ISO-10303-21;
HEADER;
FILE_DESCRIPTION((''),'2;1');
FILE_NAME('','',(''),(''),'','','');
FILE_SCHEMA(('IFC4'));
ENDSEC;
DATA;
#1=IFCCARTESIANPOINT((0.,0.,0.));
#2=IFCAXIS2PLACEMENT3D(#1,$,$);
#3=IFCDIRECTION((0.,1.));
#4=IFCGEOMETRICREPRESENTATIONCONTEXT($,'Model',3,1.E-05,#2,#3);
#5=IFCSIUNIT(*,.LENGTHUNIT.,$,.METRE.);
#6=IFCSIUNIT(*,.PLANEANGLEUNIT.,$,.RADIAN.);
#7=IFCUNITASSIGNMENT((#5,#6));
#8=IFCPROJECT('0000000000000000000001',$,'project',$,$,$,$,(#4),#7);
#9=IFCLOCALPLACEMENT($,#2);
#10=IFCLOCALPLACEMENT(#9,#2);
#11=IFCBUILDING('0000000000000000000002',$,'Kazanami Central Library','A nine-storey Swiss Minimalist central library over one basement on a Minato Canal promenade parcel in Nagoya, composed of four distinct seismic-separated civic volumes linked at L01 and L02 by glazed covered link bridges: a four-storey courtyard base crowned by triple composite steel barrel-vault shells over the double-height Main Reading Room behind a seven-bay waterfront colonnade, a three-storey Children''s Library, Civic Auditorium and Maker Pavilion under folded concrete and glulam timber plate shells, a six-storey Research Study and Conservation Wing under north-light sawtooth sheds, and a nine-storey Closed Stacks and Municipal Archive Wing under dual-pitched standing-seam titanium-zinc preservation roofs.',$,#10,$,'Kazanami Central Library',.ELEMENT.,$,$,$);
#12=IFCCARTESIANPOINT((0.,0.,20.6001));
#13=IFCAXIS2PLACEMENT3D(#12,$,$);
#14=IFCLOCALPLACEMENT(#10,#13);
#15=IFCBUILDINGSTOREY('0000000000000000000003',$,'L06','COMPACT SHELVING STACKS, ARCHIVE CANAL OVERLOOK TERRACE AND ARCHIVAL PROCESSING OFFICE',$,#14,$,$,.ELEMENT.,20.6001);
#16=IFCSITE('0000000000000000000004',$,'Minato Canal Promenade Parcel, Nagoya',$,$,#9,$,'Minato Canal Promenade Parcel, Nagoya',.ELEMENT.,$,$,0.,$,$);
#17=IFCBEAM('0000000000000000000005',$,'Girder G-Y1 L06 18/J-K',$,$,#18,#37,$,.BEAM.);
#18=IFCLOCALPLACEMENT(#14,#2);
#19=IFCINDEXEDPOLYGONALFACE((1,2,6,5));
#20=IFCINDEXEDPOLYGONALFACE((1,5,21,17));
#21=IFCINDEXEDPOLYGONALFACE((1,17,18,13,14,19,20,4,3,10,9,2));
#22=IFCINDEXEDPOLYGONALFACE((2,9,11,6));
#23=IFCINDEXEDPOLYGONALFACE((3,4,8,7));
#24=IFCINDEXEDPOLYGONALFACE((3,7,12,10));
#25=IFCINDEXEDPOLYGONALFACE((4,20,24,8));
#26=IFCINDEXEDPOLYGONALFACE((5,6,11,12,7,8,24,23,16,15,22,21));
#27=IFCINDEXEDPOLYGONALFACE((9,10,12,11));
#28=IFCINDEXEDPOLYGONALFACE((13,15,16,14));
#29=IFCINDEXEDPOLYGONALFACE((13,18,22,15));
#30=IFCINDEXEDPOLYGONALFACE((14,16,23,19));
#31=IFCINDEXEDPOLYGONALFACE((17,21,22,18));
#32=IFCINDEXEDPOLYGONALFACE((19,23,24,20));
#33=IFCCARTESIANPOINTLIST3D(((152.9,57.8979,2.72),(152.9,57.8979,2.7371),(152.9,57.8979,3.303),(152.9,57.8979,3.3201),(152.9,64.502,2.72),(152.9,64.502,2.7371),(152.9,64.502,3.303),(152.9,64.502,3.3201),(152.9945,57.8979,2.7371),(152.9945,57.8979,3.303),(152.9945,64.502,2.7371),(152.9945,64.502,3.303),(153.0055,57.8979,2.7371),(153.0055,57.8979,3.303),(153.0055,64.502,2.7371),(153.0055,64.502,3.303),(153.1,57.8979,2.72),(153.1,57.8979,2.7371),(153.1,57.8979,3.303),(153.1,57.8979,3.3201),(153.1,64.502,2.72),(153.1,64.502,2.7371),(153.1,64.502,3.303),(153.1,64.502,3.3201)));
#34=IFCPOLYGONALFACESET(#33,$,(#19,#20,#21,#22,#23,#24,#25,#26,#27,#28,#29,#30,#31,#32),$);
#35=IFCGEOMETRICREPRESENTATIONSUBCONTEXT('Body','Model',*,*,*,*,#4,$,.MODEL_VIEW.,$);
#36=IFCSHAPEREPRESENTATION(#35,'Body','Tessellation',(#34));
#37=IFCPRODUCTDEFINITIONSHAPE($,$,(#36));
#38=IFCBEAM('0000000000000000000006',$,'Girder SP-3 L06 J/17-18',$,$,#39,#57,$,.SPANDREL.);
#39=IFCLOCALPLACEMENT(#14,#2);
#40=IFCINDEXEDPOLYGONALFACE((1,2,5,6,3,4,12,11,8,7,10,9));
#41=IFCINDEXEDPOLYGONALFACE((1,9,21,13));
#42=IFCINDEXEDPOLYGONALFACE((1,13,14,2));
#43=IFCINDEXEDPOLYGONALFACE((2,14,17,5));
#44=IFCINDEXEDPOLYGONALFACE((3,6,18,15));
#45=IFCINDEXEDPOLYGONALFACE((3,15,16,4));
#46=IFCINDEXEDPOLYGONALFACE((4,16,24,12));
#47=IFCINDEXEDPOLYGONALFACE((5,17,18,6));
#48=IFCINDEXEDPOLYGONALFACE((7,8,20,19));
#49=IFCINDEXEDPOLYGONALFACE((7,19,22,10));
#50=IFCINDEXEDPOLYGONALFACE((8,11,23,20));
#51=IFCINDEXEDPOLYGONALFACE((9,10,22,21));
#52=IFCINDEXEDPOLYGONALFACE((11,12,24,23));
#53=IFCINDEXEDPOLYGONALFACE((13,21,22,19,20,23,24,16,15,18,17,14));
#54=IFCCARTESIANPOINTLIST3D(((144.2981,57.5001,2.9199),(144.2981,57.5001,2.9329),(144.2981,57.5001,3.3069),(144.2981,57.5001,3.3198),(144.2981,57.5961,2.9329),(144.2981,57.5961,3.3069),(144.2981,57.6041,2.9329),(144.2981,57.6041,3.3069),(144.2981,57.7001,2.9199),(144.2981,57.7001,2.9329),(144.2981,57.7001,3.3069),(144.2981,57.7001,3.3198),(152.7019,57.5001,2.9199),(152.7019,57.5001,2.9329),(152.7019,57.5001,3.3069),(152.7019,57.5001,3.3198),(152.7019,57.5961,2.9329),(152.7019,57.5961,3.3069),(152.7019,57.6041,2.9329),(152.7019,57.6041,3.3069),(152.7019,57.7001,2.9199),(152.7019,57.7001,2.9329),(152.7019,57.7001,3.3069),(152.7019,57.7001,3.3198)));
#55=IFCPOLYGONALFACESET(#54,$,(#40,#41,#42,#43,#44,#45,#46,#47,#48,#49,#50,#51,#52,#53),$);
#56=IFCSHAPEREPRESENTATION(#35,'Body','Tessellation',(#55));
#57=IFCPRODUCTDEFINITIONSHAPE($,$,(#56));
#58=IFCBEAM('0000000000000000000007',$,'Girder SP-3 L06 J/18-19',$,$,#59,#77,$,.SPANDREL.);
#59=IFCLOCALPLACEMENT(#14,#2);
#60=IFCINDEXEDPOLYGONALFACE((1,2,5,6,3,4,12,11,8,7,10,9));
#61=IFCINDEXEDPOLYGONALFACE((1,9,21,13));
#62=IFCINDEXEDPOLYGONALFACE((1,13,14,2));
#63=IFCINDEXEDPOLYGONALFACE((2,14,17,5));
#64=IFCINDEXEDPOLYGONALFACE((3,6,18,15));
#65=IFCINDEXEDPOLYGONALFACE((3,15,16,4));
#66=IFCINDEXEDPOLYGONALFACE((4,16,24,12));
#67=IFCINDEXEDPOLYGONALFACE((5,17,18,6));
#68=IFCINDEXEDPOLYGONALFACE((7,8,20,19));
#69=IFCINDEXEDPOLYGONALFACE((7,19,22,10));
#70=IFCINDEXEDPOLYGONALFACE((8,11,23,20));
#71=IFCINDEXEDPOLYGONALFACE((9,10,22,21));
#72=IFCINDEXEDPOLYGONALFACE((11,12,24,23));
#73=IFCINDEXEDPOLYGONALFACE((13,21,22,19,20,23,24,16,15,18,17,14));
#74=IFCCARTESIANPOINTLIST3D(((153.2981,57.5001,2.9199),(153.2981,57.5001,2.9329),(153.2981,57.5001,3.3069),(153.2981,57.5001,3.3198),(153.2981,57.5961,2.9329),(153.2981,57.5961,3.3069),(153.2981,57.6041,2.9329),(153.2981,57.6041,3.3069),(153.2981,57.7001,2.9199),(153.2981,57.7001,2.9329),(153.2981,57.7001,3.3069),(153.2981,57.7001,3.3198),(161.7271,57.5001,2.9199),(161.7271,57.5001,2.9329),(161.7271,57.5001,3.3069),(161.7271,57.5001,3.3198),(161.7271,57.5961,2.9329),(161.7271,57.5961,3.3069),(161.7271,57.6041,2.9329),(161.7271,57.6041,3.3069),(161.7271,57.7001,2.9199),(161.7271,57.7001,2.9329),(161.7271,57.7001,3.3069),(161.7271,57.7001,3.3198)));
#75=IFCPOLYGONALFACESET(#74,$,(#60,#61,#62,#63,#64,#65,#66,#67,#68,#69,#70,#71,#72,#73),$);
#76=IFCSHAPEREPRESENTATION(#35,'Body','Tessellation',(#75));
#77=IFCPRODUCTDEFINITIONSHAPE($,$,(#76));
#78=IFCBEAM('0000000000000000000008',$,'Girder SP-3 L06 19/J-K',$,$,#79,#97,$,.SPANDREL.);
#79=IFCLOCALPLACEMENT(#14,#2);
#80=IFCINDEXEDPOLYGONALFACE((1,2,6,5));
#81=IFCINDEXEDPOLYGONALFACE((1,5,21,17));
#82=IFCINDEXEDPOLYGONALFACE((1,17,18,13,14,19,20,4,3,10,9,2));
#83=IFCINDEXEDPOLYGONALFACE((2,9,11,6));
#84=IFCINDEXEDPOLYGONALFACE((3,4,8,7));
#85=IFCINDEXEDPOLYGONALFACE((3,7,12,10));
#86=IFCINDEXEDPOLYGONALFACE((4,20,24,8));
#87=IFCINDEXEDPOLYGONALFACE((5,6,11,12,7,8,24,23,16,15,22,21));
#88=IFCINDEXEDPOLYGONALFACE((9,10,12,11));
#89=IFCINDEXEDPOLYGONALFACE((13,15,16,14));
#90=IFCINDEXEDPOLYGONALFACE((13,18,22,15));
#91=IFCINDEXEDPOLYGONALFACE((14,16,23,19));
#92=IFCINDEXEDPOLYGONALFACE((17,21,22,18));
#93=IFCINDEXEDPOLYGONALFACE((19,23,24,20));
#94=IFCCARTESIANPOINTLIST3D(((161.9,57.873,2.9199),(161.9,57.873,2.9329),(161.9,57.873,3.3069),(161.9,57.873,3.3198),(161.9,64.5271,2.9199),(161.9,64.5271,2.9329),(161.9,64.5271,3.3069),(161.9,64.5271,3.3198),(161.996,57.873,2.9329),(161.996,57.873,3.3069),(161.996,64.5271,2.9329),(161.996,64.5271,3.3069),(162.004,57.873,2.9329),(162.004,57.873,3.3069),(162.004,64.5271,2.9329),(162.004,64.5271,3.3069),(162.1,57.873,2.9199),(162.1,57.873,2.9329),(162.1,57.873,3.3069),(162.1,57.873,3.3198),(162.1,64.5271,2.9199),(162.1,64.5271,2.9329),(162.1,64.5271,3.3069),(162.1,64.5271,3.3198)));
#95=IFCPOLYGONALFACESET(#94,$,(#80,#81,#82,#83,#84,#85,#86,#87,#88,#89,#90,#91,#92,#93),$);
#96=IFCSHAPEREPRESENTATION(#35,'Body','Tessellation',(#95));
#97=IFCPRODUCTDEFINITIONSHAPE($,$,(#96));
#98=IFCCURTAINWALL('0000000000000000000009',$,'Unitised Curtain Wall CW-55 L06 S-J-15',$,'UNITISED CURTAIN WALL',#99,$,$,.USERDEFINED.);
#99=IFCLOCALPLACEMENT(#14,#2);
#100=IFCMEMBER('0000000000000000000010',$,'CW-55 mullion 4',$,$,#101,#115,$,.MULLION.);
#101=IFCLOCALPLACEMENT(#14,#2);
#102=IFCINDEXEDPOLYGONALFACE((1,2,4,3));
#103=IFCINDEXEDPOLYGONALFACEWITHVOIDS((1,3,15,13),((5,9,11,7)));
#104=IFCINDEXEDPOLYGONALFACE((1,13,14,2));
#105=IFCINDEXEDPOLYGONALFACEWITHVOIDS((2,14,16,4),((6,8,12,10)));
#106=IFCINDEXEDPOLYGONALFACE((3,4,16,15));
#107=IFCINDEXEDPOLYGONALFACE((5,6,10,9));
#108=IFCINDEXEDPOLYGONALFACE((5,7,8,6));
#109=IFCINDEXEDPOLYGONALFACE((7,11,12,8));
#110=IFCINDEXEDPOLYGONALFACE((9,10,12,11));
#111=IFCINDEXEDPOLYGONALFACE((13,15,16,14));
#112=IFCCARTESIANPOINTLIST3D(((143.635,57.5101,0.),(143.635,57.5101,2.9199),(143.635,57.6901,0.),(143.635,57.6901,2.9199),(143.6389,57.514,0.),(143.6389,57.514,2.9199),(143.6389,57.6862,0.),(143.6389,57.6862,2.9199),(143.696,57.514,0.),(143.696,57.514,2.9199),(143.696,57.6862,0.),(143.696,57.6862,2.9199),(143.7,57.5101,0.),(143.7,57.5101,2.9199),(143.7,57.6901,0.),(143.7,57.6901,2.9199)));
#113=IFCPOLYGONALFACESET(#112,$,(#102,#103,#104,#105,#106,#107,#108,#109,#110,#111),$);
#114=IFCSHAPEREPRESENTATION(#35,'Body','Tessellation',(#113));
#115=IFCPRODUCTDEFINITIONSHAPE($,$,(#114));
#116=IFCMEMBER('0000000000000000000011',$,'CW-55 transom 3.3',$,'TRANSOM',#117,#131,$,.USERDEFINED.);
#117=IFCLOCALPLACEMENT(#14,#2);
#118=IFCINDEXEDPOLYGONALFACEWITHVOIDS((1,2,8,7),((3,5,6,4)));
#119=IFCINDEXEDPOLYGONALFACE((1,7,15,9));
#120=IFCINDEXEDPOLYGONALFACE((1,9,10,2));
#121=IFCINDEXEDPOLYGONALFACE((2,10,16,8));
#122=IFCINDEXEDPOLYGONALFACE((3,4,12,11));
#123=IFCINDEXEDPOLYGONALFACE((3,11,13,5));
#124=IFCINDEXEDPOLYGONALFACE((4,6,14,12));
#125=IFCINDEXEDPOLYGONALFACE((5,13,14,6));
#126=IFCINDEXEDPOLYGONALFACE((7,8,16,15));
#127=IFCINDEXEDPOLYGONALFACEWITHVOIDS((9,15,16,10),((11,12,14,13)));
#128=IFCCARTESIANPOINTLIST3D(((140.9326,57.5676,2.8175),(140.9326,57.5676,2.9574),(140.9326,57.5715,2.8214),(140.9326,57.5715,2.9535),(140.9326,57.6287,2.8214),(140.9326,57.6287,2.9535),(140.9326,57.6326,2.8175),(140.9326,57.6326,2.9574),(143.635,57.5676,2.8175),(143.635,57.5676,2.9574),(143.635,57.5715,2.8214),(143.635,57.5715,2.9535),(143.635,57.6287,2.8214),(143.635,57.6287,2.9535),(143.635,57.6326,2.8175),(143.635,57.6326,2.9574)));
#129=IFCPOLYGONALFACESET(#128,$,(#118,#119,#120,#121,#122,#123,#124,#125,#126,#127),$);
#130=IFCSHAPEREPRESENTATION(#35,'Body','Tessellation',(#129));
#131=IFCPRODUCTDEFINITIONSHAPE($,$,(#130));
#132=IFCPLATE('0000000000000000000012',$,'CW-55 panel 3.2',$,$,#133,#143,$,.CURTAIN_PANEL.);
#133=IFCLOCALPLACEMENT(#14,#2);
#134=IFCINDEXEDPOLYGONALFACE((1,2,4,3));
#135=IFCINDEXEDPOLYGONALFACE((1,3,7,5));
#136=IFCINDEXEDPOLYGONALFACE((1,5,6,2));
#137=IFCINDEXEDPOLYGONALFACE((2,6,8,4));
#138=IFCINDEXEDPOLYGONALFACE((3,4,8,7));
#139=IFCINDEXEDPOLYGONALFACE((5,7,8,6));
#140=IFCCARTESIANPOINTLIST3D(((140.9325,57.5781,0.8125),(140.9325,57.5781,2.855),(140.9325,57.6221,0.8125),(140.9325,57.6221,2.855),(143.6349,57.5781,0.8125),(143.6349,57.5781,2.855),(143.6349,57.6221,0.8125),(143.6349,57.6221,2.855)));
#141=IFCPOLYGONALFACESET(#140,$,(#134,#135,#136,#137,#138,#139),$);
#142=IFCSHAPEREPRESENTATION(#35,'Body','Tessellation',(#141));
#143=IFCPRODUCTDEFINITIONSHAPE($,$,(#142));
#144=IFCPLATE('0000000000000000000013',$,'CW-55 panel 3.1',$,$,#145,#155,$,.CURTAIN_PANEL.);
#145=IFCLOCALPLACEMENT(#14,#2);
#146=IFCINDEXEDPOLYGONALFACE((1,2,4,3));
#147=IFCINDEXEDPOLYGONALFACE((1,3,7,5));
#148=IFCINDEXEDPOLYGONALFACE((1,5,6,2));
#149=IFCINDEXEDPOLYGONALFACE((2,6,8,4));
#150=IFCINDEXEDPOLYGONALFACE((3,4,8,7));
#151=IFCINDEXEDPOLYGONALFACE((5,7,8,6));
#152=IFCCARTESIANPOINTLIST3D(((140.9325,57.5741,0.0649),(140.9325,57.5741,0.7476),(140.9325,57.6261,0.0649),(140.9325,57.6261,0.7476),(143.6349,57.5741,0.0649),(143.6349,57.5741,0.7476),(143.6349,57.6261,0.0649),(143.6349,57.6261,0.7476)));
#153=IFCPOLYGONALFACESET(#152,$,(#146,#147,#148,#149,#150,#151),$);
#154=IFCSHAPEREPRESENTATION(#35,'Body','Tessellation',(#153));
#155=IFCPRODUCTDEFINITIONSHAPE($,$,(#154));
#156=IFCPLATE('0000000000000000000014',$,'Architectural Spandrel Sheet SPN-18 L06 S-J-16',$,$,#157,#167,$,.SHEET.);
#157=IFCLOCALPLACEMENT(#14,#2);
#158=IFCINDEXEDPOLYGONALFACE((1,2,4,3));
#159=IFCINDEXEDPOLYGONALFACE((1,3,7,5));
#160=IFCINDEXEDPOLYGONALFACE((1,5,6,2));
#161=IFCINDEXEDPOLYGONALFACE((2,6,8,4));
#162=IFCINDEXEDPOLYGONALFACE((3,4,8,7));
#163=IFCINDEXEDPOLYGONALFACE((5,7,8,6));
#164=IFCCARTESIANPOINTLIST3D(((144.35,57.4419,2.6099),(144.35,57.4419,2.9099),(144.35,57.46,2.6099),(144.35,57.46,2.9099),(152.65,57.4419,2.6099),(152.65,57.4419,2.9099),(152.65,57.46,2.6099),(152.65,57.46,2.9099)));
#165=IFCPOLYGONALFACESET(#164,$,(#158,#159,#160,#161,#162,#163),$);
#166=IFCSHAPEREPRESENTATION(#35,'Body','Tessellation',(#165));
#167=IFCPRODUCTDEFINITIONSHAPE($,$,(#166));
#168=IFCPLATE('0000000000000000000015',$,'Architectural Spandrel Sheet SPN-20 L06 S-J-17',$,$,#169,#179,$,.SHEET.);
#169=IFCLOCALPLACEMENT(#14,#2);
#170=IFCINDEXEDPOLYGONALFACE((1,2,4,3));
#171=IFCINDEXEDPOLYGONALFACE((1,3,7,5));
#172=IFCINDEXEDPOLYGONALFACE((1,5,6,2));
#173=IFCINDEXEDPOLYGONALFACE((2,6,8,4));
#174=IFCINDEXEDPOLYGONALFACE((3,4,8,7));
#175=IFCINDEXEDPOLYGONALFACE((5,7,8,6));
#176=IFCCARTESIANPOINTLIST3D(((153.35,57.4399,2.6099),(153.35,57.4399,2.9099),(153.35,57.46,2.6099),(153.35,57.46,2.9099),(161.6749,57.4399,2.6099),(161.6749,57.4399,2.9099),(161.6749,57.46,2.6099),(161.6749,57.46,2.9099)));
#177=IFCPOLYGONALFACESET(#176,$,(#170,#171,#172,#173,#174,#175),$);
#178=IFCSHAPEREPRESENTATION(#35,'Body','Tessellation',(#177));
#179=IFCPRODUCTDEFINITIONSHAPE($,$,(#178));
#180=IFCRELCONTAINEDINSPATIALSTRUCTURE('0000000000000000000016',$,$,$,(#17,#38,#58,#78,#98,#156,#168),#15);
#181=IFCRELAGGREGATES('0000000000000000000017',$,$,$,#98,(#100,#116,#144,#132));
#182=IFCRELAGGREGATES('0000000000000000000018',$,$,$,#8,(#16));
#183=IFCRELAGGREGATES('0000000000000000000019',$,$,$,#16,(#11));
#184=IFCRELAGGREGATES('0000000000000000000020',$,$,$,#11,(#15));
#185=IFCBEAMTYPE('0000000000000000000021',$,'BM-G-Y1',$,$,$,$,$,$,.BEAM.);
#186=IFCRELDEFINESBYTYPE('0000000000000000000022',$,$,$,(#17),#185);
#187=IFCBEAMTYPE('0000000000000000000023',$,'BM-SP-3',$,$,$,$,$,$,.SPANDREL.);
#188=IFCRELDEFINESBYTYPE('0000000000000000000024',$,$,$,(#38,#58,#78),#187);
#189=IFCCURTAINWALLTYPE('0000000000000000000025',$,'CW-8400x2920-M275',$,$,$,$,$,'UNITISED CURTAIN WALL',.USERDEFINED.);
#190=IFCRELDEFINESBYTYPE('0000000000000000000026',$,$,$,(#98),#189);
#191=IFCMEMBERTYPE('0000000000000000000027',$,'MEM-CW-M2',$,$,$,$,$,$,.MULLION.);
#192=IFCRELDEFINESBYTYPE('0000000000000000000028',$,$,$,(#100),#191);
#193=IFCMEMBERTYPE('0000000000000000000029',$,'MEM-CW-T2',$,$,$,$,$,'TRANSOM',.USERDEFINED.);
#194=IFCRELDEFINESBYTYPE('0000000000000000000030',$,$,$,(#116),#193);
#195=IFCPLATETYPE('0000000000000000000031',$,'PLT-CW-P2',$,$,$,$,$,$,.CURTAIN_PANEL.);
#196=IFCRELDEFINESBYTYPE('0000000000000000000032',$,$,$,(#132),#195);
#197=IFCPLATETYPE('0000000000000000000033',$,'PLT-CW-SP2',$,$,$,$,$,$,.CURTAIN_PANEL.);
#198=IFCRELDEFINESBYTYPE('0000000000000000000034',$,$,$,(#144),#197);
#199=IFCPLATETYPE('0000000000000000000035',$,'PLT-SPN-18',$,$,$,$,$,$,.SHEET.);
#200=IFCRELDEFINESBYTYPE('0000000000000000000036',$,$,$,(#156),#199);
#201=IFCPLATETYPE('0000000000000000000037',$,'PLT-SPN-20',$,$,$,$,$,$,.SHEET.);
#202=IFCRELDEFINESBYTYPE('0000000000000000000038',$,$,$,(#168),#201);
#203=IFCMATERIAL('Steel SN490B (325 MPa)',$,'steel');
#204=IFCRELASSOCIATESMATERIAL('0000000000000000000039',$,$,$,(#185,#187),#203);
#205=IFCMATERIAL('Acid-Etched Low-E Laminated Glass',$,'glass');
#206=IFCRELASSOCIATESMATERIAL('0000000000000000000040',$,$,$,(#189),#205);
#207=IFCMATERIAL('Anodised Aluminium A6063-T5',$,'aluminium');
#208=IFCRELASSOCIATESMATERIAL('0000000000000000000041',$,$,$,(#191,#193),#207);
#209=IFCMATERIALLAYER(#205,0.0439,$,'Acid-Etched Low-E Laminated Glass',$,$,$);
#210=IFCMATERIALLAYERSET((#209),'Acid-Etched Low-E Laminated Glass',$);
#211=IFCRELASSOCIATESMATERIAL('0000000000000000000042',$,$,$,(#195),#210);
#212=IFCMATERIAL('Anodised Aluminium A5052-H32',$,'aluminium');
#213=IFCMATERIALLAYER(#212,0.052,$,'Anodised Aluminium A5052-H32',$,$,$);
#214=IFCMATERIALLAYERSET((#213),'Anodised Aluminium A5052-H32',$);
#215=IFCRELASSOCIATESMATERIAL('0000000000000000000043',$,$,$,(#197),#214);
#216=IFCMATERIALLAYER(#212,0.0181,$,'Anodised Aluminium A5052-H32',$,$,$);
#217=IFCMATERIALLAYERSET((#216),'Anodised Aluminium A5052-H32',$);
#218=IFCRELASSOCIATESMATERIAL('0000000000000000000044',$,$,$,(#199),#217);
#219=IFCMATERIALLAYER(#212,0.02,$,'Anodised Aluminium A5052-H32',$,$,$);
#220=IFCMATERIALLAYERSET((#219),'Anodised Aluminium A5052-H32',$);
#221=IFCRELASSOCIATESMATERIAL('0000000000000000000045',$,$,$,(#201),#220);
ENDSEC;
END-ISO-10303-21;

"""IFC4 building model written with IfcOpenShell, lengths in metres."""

from ifc_helpers import new_model, si_unit, direction, frame, origin, origin_2d, place, context, subcontext, project, spatial, rectangle, hollow_rectangle, i_section, extrude, material, layer, layer_set, material_profile, profile_set, type_object, element, aggregate, save


model = new_model("IFC4")

# Units and contexts
model_context = context("Model", 3, precision=1e-05, world=origin(), true_north=direction((0.0, 1.0)))
body_context = subcontext(model_context, "Body", "Model", "MODEL_VIEW")
ifc_project = project(units=[si_unit("LENGTHUNIT", "METRE"), si_unit("PLANEANGLEUNIT", "RADIAN")], contexts=[model_context])

# Site, building, storey
site_placement = place(None, origin())
site = spatial("IfcSite", under=ifc_project, at=site_placement, Name="Minato Canal Promenade Parcel, Nagoya", LongName="Minato Canal Promenade Parcel, Nagoya", CompositionType="ELEMENT", RefElevation=0.0)
building_placement = place(site_placement, origin())
building = spatial("IfcBuilding", under=site, at=building_placement, Name="Kazanami Central Library", Description="A nine-storey Swiss Minimalist central library over one basement on a Minato Canal promenade parcel in Nagoya, composed of four distinct seismic-separated civic volumes linked at L01 and L02 by glazed covered link bridges: a four-storey courtyard base crowned by triple composite steel barrel-vault shells over the double-height Main Reading Room behind a seven-bay waterfront colonnade, a three-storey Children's Library, Civic Auditorium and Maker Pavilion under folded concrete and glulam timber plate shells, a six-storey Research Study and Conservation Wing under north-light sawtooth sheds, and a nine-storey Closed Stacks and Municipal Archive Wing under dual-pitched standing-seam titanium-zinc preservation roofs.", LongName="Kazanami Central Library", CompositionType="ELEMENT")
storey_placement = place(building_placement, frame((0.0, 0.0, 20.6001)))
storey = spatial("IfcBuildingStorey", under=building, at=storey_placement, Name="L06", Description="COMPACT SHELVING STACKS, ARCHIVE CANAL OVERLOOK TERRACE AND ARCHIVAL PROCESSING OFFICE", CompositionType="ELEMENT", Elevation=20.6001)

# Beams
ifc_material_1 = material(Name="Steel SN490B (325 MPa)", Category="steel")
ifc_material_profile_1 = material_profile(ifc_material_1, i_section(OverallWidth=0.2, OverallDepth=0.6001, WebThickness=0.011, FlangeThickness=0.0171, at=origin_2d()), Name="H-600x200x11x17")
ifc_profile_set_1 = profile_set([ifc_material_profile_1], Name="Steel SN490B (325 MPa)")
beam_type_1 = type_object("IfcBeamType", Name="BM-G-Y1", PredefinedType="BEAM", material=ifc_profile_set_1)
for number, where, z_axis, x_axis, name in (
    (1, (153.0, 57.8979, 3.02), (0.0, 1.0, 0.0), (-1.0, 0.0, 0.0), "Girder G-Y1 L06 18/J-K"),
):
    element("IfcBeam", number, at=place(storey_placement, frame(where, z_axis=z_axis, x_axis=x_axis)), inside=storey, type_object=beam_type_1, Name=name, PredefinedType="BEAM", context=body_context, shape_type="SweptSolid", body=[
        extrude(i_section(OverallWidth=0.2, OverallDepth=0.6001, WebThickness=0.011, FlangeThickness=0.0171, at=origin_2d()), origin(), (0.0, 0.0, 1.0), 6.604),
    ])
ifc_material_profile_2 = material_profile(ifc_material_1, i_section(OverallWidth=0.2, OverallDepth=0.3999, WebThickness=0.0081, FlangeThickness=0.0129, at=origin_2d()), Name="H-400x200x8x13")
ifc_profile_set_2 = profile_set([ifc_material_profile_2], Name="Steel SN490B (325 MPa)")
beam_type_2 = type_object("IfcBeamType", Name="BM-SP-3", PredefinedType="SPANDREL", material=ifc_profile_set_2)
beam_1_placement = place(storey_placement, frame((144.2981, 57.6001, 3.1199), z_axis=(1.0, 0.0, 0.0), x_axis=(0.0, 1.0, 0.0)))
element("IfcBeam", 2, at=beam_1_placement, inside=storey, type_object=beam_type_2, Name="Girder SP-3 L06 J/17-18", PredefinedType="SPANDREL", context=body_context, shape_type="SweptSolid", body=[
    extrude(i_section(OverallWidth=0.2, OverallDepth=0.3999, WebThickness=0.0081, FlangeThickness=0.0129, at=origin_2d()), origin(), (0.0, 0.0, 1.0), 8.4038),
])
beam_2_placement = place(storey_placement, frame((153.2981, 57.6001, 3.1199), z_axis=(1.0, 0.0, 0.0), x_axis=(0.0, 1.0, 0.0)))
element("IfcBeam", 3, at=beam_2_placement, inside=storey, type_object=beam_type_2, Name="Girder SP-3 L06 J/18-19", PredefinedType="SPANDREL", context=body_context, shape_type="SweptSolid", body=[
    extrude(i_section(OverallWidth=0.2, OverallDepth=0.3999, WebThickness=0.0081, FlangeThickness=0.0129, at=origin_2d()), origin(), (0.0, 0.0, 1.0), 8.429),
])
beam_3_placement = place(storey_placement, frame((162.0, 57.873, 3.1199), z_axis=(0.0, 1.0, 0.0), x_axis=(-1.0, 0.0, 0.0)))
element("IfcBeam", 4, at=beam_3_placement, inside=storey, type_object=beam_type_2, Name="Girder SP-3 L06 19/J-K", PredefinedType="SPANDREL", context=body_context, shape_type="SweptSolid", body=[
    extrude(i_section(OverallWidth=0.2, OverallDepth=0.3999, WebThickness=0.0081, FlangeThickness=0.0129, at=origin_2d()), origin(), (0.0, 0.0, 1.0), 6.6541),
])

# Curtain wall, members, plates
ifc_material_2 = material(Name="Acid-Etched Low-E Laminated Glass", Category="glass")
curtain_wall_type = type_object("IfcCurtainWallType", Name="CW-8400x2920-M275", ElementType="UNITISED CURTAIN WALL", PredefinedType="USERDEFINED", material=ifc_material_2)
curtain_wall_placement = place(storey_placement, origin())
curtain_wall = element("IfcCurtainWall", 5, at=curtain_wall_placement, inside=storey, type_object=curtain_wall_type, Name="Unitised Curtain Wall CW-55 L06 S-J-15", ObjectType="UNITISED CURTAIN WALL", PredefinedType="USERDEFINED")
ifc_material_3 = material(Name="Anodised Aluminium A6063-T5", Category="aluminium")
ifc_material_profile_3 = material_profile(ifc_material_3, hollow_rectangle(XDim=0.0649, YDim=0.1799, WallThickness=0.0039, at=origin_2d()), Name="ALU-MULL-65x180x4")
ifc_profile_set_3 = profile_set([ifc_material_profile_3], Name="Anodised Aluminium A6063-T5")
member_type_1 = type_object("IfcMemberType", Name="MEM-CW-M2", PredefinedType="MULLION", material=ifc_profile_set_3)
member_1_placement = place(storey_placement, frame((143.6675, 57.6001, 0.0), z_axis=(0.0, 0.0, 1.0), x_axis=(1.0, 0.0, 0.0)))
member_1 = element("IfcMember", 6, at=member_1_placement, type_object=member_type_1, Name="CW-55 mullion 4", PredefinedType="MULLION", context=body_context, shape_type="SweptSolid", body=[
    extrude(hollow_rectangle(XDim=0.0649, YDim=0.1799, WallThickness=0.0039, at=origin_2d()), origin(), (0.0, 0.0, 1.0), 2.9199),
])
ifc_material_profile_4 = material_profile(ifc_material_3, hollow_rectangle(XDim=0.0649, YDim=0.1399, WallThickness=0.0039, at=origin_2d()), Name="ALU-TRAN-65x140x4")
ifc_profile_set_4 = profile_set([ifc_material_profile_4], Name="Anodised Aluminium A6063-T5")
member_type_2 = type_object("IfcMemberType", Name="MEM-CW-T2", ElementType="TRANSOM", PredefinedType="USERDEFINED", material=ifc_profile_set_4)
member_2_placement = place(storey_placement, frame((140.9326, 57.6001, 2.8875), z_axis=(1.0, 0.0, 0.0), x_axis=(0.0, 1.0, 0.0)))
member_2 = element("IfcMember", 7, at=member_2_placement, type_object=member_type_2, Name="CW-55 transom 3.3", ObjectType="TRANSOM", PredefinedType="USERDEFINED", context=body_context, shape_type="SweptSolid", body=[
    extrude(hollow_rectangle(XDim=0.0649, YDim=0.1399, WallThickness=0.0039, at=origin_2d()), origin(), (0.0, 0.0, 1.0), 2.7024),
])
ifc_layer_1 = layer(ifc_material_2, 0.0439, Name="Acid-Etched Low-E Laminated Glass")
ifc_layer_set_1 = layer_set([ifc_layer_1], Name="Acid-Etched Low-E Laminated Glass")
plate_type_1 = type_object("IfcPlateType", Name="PLT-CW-P2", PredefinedType="CURTAIN_PANEL", material=ifc_layer_set_1)
plate_1_placement = place(storey_placement, frame((142.2837, 57.6001, 0.8125), z_axis=(0.0, 0.0, 1.0), x_axis=(1.0, 0.0, 0.0)))
plate_1 = element("IfcPlate", 8, at=plate_1_placement, type_object=plate_type_1, Name="CW-55 panel 3.2", PredefinedType="CURTAIN_PANEL", context=body_context, shape_type="SweptSolid", body=[
    extrude(rectangle(XDim=2.7024, YDim=0.0439, at=origin_2d()), origin(), (0.0, 0.0, 1.0), 2.0425),
])
ifc_material_4 = material(Name="Anodised Aluminium A5052-H32", Category="aluminium")
ifc_layer_2 = layer(ifc_material_4, 0.052, Name="Anodised Aluminium A5052-H32")
ifc_layer_set_2 = layer_set([ifc_layer_2], Name="Anodised Aluminium A5052-H32")
plate_type_2 = type_object("IfcPlateType", Name="PLT-CW-SP2", PredefinedType="CURTAIN_PANEL", material=ifc_layer_set_2)
plate_2_placement = place(storey_placement, frame((142.2837, 57.6001, 0.0649), z_axis=(0.0, 0.0, 1.0), x_axis=(1.0, 0.0, 0.0)))
plate_2 = element("IfcPlate", 9, at=plate_2_placement, type_object=plate_type_2, Name="CW-55 panel 3.1", PredefinedType="CURTAIN_PANEL", context=body_context, shape_type="SweptSolid", body=[
    extrude(rectangle(XDim=2.7024, YDim=0.052, at=origin_2d()), origin(), (0.0, 0.0, 1.0), 0.6826),
])
aggregate(curtain_wall, [member_1, member_2, plate_2, plate_1])

# Plates
ifc_layer_3 = layer(ifc_material_4, 0.0181, Name="Anodised Aluminium A5052-H32")
ifc_layer_set_3 = layer_set([ifc_layer_3], Name="Anodised Aluminium A5052-H32")
plate_type_3 = type_object("IfcPlateType", Name="PLT-SPN-18", PredefinedType="SHEET", material=ifc_layer_set_3)
plate_3_placement = place(storey_placement, frame((148.5, 57.4509, 2.6099), z_axis=(0.0, 0.0, 1.0), x_axis=(1.0, 0.0, 0.0)))
element("IfcPlate", 10, at=plate_3_placement, inside=storey, type_object=plate_type_3, Name="Architectural Spandrel Sheet SPN-18 L06 S-J-16", PredefinedType="SHEET", context=body_context, shape_type="SweptSolid", body=[
    extrude(rectangle(XDim=8.3, YDim=0.0181, at=origin_2d()), origin(), (0.0, 0.0, 1.0), 0.3),
])
ifc_layer_4 = layer(ifc_material_4, 0.02, Name="Anodised Aluminium A5052-H32")
ifc_layer_set_4 = layer_set([ifc_layer_4], Name="Anodised Aluminium A5052-H32")
plate_type_4 = type_object("IfcPlateType", Name="PLT-SPN-20", PredefinedType="SHEET", material=ifc_layer_set_4)
plate_4_placement = place(storey_placement, frame((157.5125, 57.45, 2.6099), z_axis=(0.0, 0.0, 1.0), x_axis=(1.0, 0.0, 0.0)))
element("IfcPlate", 11, at=plate_4_placement, inside=storey, type_object=plate_type_4, Name="Architectural Spandrel Sheet SPN-20 L06 S-J-17", PredefinedType="SHEET", context=body_context, shape_type="SweptSolid", body=[
    extrude(rectangle(XDim=8.325, YDim=0.02, at=origin_2d()), origin(), (0.0, 0.0, 1.0), 0.3),
])

save(model, "model.ifc")
